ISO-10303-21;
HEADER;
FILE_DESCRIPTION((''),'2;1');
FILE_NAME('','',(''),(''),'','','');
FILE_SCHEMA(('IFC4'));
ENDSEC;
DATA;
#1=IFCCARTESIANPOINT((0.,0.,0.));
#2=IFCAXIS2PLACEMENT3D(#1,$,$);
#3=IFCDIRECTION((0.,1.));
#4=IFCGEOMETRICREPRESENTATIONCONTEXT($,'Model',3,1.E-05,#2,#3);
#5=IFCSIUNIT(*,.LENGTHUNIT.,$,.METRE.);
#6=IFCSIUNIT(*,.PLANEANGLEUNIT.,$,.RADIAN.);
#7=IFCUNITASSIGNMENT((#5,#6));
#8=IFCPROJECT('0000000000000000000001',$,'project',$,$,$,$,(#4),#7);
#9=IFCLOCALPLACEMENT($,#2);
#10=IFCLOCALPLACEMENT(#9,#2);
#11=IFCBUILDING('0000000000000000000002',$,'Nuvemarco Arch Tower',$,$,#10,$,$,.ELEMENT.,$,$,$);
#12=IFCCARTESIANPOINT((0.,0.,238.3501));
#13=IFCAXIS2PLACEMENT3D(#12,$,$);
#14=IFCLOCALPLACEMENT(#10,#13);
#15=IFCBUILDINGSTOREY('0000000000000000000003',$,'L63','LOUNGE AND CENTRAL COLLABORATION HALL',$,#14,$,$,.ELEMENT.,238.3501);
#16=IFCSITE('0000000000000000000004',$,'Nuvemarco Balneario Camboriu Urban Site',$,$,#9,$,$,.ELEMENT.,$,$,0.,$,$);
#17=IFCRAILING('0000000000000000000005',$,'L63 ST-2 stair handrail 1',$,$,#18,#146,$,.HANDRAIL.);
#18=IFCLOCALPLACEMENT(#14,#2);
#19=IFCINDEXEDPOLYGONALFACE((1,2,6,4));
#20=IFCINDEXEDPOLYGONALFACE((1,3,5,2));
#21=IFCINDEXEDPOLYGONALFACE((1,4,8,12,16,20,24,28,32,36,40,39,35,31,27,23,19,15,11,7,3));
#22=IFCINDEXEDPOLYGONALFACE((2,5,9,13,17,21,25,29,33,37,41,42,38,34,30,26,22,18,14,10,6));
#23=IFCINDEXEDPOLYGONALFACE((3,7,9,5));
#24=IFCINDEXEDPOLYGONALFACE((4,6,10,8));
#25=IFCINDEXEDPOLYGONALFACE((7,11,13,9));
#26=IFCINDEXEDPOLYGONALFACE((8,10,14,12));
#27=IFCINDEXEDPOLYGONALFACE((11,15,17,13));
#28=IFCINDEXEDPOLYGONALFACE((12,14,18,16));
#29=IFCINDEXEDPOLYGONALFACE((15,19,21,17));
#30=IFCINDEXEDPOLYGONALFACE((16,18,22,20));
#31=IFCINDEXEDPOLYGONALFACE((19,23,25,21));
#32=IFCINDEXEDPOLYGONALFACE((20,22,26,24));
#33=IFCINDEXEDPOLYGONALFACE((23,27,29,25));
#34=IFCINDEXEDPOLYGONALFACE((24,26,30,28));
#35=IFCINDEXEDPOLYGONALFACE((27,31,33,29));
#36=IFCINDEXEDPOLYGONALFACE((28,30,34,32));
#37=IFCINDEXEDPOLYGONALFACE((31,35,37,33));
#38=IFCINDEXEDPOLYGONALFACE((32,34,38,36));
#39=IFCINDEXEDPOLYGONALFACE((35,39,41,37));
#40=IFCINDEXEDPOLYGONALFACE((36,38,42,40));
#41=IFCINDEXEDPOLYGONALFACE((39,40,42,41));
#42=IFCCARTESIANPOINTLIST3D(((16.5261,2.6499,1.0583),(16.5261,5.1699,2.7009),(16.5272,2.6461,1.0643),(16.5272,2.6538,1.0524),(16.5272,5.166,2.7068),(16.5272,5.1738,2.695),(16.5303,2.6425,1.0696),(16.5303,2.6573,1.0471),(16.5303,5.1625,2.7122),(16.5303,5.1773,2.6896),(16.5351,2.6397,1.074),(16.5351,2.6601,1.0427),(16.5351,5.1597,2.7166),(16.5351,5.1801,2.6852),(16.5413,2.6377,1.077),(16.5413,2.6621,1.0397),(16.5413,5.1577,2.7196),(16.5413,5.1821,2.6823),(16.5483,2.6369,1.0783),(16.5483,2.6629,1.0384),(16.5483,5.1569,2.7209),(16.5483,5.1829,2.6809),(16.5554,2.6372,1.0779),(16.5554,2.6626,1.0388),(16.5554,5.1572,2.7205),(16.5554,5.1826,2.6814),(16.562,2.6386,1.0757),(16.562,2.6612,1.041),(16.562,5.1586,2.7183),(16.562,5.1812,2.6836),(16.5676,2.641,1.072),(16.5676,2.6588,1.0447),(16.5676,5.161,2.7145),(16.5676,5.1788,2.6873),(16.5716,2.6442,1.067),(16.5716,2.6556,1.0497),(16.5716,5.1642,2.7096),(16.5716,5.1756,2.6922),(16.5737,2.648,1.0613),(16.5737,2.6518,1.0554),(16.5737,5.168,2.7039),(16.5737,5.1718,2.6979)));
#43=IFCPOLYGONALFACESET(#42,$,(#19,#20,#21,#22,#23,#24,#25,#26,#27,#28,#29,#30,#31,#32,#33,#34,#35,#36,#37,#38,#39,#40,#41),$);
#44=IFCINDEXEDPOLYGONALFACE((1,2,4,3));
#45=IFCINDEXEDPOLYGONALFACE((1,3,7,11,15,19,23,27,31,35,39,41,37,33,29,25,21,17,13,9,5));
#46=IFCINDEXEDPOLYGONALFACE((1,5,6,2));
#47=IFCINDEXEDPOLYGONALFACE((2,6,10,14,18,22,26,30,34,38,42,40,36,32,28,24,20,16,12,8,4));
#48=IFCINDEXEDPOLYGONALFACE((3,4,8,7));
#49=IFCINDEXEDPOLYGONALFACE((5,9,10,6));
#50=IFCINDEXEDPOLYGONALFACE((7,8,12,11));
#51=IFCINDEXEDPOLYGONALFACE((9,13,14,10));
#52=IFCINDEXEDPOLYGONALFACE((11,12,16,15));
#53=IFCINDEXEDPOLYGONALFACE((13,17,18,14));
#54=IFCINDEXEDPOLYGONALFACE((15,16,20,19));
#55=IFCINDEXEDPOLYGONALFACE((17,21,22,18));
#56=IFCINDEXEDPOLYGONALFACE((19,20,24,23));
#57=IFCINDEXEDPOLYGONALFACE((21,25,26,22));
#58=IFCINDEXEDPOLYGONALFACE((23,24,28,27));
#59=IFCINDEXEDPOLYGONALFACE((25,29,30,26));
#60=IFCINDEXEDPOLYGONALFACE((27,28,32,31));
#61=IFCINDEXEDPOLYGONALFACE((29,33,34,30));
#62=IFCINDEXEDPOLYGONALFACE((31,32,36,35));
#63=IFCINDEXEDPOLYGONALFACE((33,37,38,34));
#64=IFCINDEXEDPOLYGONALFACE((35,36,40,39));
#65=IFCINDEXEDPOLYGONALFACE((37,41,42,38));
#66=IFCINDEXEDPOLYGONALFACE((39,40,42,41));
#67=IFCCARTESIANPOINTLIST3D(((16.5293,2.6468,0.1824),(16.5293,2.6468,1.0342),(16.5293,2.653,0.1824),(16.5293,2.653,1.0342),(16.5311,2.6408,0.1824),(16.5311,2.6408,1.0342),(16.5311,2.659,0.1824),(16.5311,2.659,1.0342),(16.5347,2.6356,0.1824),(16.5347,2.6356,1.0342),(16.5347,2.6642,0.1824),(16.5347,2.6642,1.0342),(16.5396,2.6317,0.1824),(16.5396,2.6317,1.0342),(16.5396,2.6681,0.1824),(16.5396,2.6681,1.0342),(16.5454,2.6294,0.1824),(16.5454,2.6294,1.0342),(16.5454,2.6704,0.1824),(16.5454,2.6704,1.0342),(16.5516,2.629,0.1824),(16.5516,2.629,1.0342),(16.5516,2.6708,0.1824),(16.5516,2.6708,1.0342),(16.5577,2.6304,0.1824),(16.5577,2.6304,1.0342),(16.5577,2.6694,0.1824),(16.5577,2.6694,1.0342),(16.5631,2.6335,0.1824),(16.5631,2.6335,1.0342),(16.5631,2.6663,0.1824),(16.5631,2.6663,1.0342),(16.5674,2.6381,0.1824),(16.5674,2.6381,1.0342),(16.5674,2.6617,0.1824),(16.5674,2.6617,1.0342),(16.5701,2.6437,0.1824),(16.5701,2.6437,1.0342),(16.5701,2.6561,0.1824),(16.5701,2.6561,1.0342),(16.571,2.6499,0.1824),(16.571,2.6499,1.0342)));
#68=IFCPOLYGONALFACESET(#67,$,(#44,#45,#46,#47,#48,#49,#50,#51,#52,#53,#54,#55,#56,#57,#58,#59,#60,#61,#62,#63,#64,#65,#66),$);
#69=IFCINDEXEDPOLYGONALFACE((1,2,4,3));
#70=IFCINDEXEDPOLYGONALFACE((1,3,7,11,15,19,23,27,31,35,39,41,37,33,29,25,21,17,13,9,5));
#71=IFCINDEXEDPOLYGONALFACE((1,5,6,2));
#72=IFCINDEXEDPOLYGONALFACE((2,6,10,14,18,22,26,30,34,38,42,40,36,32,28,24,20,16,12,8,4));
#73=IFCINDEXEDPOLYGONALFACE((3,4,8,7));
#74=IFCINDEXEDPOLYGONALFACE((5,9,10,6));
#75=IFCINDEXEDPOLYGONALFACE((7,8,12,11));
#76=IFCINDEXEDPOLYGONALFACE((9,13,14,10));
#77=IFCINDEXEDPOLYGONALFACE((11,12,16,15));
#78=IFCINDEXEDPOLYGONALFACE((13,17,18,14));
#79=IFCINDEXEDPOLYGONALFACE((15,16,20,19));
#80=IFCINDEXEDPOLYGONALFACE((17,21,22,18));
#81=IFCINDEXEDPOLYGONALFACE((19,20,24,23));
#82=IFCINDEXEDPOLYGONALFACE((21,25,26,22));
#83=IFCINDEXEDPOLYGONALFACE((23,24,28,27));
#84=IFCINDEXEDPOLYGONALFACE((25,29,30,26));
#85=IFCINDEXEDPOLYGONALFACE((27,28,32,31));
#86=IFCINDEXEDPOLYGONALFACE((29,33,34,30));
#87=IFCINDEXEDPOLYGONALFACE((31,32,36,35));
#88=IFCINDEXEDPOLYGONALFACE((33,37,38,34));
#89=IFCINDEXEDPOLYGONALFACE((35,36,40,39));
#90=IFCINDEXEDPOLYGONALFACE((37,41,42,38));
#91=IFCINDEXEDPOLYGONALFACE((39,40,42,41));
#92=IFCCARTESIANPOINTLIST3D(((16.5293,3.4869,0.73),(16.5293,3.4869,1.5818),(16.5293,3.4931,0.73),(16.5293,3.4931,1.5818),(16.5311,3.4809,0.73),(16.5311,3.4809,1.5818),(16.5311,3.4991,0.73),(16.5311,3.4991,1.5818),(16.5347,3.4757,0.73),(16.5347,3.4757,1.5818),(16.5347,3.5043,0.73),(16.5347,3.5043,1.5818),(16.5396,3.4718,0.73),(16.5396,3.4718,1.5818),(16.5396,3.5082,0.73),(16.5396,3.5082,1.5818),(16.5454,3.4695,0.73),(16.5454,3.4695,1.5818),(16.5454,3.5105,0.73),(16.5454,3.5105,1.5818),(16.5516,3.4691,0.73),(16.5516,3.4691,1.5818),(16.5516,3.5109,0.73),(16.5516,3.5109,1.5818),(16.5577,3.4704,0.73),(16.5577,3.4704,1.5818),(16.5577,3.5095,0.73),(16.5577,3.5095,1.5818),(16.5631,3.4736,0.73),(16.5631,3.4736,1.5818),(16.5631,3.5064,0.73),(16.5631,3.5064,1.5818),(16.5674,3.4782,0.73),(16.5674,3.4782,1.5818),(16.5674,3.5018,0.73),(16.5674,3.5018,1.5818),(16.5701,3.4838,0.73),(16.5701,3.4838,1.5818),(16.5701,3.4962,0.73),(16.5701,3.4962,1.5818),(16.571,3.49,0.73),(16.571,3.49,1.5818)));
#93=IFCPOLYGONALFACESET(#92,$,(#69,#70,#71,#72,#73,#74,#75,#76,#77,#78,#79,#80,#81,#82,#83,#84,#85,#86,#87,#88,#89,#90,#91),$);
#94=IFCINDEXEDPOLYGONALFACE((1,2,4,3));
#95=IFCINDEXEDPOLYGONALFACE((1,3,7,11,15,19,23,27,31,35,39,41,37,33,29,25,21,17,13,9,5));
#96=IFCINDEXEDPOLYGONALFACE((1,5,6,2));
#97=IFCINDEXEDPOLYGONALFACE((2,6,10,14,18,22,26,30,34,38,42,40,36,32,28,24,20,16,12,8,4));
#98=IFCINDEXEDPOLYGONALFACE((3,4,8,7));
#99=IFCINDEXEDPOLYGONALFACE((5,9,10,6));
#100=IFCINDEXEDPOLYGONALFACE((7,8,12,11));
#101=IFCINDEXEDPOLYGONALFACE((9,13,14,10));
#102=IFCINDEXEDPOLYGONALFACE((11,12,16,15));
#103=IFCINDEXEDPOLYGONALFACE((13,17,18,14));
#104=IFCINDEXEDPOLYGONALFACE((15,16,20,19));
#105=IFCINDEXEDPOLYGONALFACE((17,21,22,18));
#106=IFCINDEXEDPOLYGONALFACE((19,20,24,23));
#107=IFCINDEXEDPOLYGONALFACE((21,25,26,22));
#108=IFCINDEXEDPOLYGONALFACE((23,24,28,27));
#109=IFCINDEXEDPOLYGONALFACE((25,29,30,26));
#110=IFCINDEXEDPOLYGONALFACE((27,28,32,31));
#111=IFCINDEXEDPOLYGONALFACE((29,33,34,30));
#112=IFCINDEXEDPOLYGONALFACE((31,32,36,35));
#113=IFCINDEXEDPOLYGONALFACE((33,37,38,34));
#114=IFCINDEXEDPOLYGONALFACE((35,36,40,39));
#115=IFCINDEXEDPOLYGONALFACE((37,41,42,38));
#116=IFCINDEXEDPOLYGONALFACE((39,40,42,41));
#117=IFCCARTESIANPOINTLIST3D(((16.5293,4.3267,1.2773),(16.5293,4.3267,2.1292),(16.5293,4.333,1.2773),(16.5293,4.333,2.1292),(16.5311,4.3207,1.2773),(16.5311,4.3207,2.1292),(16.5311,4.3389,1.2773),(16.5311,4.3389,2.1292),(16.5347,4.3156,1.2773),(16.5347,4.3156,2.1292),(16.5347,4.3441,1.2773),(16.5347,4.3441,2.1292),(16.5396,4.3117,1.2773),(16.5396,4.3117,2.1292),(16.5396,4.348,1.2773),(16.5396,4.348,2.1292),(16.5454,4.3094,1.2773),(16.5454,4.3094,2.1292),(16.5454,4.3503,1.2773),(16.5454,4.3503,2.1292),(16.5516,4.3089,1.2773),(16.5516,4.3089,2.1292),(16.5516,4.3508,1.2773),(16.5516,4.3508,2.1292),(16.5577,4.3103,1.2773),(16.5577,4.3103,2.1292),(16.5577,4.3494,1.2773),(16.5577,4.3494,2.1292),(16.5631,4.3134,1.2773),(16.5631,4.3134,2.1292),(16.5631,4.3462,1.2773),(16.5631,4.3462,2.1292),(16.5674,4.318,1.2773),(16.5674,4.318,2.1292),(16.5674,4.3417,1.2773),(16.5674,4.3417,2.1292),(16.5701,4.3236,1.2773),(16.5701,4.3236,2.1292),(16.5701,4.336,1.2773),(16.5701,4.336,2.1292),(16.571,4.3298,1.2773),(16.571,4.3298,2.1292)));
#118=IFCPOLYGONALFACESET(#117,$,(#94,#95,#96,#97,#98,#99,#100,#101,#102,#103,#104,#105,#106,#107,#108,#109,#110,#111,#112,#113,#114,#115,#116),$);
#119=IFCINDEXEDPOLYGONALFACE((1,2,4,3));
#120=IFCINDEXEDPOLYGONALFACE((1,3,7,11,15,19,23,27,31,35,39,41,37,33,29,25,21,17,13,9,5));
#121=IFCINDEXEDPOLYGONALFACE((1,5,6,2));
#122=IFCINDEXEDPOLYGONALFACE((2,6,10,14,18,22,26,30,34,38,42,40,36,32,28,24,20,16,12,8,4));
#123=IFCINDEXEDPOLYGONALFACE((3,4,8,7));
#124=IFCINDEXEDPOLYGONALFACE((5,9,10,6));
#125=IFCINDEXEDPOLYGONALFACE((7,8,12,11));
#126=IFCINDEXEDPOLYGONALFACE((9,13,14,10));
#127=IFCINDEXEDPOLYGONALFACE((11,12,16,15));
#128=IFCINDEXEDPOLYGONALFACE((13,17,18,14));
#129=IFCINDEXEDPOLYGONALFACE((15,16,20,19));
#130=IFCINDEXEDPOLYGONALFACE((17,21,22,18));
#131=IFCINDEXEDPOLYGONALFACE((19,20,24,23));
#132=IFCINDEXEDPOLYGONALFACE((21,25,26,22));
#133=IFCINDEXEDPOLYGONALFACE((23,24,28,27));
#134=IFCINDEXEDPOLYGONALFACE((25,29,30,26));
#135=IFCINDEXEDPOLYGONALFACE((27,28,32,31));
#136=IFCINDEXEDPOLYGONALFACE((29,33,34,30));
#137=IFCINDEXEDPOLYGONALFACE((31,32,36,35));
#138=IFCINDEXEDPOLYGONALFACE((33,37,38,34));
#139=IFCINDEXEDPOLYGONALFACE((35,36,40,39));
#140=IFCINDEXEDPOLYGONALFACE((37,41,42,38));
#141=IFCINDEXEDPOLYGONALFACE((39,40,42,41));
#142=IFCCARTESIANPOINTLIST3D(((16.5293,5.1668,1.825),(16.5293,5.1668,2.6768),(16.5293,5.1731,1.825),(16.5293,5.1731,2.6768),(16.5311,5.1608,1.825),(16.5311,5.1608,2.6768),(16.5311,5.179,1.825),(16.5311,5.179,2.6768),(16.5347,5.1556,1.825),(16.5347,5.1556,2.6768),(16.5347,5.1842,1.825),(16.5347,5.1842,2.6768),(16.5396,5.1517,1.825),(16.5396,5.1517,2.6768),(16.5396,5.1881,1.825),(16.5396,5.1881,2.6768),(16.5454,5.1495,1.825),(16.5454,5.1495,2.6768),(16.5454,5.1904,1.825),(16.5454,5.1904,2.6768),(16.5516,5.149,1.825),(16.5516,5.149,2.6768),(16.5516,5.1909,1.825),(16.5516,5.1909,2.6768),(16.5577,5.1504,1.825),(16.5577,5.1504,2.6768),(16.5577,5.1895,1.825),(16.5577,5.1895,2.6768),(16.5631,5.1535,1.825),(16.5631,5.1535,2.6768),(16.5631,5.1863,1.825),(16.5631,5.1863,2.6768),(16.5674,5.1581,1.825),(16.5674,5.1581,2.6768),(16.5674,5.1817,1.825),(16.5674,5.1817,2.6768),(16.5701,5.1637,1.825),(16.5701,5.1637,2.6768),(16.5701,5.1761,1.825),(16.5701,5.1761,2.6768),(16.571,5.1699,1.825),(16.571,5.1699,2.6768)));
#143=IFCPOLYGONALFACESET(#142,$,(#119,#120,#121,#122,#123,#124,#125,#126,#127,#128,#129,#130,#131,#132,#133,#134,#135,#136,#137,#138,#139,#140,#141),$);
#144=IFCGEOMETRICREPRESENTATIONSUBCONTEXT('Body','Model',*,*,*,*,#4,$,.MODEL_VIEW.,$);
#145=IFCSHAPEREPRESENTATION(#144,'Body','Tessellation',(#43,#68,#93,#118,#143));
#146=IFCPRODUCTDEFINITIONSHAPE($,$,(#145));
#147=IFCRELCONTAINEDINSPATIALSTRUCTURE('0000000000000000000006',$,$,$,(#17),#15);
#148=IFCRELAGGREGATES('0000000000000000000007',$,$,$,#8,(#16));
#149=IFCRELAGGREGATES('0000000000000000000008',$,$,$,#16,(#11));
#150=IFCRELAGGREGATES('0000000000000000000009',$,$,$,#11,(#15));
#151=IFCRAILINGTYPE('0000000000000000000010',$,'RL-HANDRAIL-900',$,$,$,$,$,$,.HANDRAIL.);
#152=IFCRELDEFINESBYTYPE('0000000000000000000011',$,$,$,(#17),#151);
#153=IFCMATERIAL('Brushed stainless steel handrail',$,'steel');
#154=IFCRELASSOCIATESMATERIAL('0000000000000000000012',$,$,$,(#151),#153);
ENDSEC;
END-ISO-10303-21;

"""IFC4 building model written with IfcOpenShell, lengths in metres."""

from ifc_helpers import new_model, si_unit, direction, frame, origin, origin_2d, place, context, subcontext, project, spatial, circle, extrude, material, type_object, element, save


model = new_model("IFC4")

# Units and contexts
model_context = context("Model", 3, precision=1e-05, world=origin(), true_north=direction((0.0, 1.0)))
body_context = subcontext(model_context, "Body", "Model", "MODEL_VIEW")
ifc_project = project(units=[si_unit("LENGTHUNIT", "METRE"), si_unit("PLANEANGLEUNIT", "RADIAN")], contexts=[model_context])

# Site, building, storey
site_placement = place(None, origin())
site = spatial("IfcSite", under=ifc_project, at=site_placement, Name="Nuvemarco Balneario Camboriu Urban Site", CompositionType="ELEMENT", RefElevation=0.0)
building_placement = place(site_placement, origin())
building = spatial("IfcBuilding", under=site, at=building_placement, Name="Nuvemarco Arch Tower", CompositionType="ELEMENT")
storey_placement = place(building_placement, frame((0.0, 0.0, 238.3501)))
storey = spatial("IfcBuildingStorey", under=building, at=storey_placement, Name="L63", Description="LOUNGE AND CENTRAL COLLABORATION HALL", CompositionType="ELEMENT", Elevation=238.3501)

# Railing
ifc_material_1 = material(Name="Brushed stainless steel handrail", Category="steel")
railing_type_1 = type_object("IfcRailingType", Name="RL-HANDRAIL-900", PredefinedType="HANDRAIL", material=ifc_material_1)
railing_1_placement = place(storey_placement, frame((16.55, 2.6499, 0.1824)))
element("IfcRailing", 1, at=railing_1_placement, inside=storey, type_object=railing_type_1, Name="L63 ST-2 stair handrail 1", PredefinedType="HANDRAIL", context=body_context, shape_type="SweptSolid", body=[
    extrude(circle(Radius=0.0239, at=origin_2d()), frame((0.0, 0.0, 0.876), z_axis=(0.0, 0.837749, 0.546055), x_axis=(-1.0, 0.0, 0.0)), (0.0, 0.0, 1.0), 3.0081),
    extrude(circle(Radius=0.021, at=origin_2d()), origin(), (0.0, 0.0, 1.0), 0.8518),
    extrude(circle(Radius=0.021, at=origin_2d()), frame((0.0, 0.8401, 0.5476)), (0.0, 0.0, 1.0), 0.8518),
    extrude(circle(Radius=0.021, at=origin_2d()), frame((0.0, 1.6799, 1.095)), (0.0, 0.0, 1.0), 0.8518),
    extrude(circle(Radius=0.021, at=origin_2d()), frame((0.0, 2.52, 1.6426)), (0.0, 0.0, 1.0), 0.8518),
])

save(model, "model.ifc")
